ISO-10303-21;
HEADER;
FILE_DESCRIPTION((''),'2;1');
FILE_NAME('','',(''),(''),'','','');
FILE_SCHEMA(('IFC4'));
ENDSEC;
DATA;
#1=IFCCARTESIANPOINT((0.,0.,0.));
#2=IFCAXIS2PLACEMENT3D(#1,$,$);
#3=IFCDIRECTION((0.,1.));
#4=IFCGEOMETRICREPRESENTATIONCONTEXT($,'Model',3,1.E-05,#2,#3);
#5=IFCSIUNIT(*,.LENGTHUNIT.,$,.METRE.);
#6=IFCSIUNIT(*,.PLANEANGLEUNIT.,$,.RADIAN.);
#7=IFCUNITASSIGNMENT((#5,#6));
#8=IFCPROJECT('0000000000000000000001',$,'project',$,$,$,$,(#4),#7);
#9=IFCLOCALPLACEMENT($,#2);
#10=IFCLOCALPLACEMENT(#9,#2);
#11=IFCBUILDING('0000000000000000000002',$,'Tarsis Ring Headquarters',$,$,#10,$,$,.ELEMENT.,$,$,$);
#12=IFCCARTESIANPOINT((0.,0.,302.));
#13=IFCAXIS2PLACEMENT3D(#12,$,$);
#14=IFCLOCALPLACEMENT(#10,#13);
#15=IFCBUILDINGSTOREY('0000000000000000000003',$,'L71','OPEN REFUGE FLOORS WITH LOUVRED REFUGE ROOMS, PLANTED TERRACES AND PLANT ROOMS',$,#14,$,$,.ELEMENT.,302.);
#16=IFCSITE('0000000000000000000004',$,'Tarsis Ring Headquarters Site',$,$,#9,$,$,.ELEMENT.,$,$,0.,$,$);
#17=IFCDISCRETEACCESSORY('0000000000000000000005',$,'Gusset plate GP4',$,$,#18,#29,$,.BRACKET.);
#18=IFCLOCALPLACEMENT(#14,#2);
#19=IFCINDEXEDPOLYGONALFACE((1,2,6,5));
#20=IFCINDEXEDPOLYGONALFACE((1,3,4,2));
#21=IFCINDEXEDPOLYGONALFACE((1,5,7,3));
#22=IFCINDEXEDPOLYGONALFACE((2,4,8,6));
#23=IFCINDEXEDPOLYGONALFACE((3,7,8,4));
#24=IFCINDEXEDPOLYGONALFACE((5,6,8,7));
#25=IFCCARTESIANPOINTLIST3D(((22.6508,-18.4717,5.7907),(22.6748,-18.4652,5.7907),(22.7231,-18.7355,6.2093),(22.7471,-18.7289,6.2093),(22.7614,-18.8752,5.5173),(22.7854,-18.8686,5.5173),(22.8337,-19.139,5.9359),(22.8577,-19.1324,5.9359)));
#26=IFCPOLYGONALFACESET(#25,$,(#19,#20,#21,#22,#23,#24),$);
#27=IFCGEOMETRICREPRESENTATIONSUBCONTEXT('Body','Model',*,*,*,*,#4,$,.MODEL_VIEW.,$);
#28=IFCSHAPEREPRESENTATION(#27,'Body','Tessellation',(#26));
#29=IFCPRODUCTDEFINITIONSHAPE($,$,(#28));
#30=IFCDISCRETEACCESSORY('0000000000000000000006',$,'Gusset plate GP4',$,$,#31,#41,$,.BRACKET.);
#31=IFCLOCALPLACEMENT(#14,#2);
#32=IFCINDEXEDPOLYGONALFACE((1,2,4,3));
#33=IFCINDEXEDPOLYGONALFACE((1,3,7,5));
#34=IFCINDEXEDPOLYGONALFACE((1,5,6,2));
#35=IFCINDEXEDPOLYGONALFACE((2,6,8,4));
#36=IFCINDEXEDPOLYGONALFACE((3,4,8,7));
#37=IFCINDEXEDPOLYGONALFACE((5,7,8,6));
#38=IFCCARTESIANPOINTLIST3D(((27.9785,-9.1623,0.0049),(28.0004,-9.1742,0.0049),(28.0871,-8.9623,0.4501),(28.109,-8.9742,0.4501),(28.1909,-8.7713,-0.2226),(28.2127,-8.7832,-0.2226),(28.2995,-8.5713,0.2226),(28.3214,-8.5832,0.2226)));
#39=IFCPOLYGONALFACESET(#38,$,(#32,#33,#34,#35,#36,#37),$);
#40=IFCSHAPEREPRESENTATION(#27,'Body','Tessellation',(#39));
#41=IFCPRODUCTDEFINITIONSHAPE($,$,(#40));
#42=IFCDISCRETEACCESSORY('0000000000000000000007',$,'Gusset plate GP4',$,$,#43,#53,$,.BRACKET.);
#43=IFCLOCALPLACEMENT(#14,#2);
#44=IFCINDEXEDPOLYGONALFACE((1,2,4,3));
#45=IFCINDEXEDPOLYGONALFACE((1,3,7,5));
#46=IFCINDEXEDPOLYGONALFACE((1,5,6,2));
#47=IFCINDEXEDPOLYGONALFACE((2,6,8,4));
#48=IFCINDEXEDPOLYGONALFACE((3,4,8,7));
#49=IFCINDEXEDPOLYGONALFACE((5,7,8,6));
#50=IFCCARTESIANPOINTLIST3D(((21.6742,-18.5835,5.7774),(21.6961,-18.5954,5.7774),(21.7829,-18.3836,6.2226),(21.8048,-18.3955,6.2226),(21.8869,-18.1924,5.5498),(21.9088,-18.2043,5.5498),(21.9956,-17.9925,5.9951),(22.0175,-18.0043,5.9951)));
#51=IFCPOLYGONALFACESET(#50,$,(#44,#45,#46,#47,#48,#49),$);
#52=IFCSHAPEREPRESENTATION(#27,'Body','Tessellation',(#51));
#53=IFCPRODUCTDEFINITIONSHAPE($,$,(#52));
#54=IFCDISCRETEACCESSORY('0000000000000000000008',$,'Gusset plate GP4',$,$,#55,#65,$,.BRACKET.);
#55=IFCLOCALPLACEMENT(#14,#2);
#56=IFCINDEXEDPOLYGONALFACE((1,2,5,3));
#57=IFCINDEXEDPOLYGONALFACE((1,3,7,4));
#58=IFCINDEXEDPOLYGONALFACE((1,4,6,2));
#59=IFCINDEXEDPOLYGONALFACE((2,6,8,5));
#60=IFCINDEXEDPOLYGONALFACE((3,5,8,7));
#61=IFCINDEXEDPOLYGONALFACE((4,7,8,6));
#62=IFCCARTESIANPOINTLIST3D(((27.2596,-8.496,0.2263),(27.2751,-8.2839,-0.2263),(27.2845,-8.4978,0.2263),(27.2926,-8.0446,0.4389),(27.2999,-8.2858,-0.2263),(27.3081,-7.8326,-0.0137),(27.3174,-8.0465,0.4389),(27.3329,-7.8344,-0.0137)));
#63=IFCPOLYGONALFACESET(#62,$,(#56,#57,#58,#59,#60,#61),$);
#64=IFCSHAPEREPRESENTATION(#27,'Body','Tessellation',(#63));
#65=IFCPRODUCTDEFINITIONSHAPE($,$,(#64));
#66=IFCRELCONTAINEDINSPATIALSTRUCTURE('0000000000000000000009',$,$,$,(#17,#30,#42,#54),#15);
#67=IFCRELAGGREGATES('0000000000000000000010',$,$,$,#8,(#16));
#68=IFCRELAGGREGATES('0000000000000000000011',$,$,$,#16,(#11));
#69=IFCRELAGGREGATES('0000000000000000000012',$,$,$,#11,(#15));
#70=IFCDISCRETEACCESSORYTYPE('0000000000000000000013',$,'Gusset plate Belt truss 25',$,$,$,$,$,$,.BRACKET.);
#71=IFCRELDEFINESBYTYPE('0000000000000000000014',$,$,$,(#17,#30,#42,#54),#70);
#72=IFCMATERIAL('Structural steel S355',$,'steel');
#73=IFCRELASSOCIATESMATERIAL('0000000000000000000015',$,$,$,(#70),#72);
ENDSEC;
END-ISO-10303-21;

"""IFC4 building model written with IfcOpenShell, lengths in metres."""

from ifc_helpers import new_model, si_unit, direction, frame, origin, origin_2d, place, context, subcontext, project, spatial, rectangle, extrude, material, material_profile, profile_set, type_object, element, save


model = new_model("IFC4")

# Units and contexts
model_context = context("Model", 3, precision=1e-05, world=origin(), true_north=direction((0.0, 1.0)))
body_context = subcontext(model_context, "Body", "Model", "MODEL_VIEW")
ifc_project = project(units=[si_unit("LENGTHUNIT", "METRE"), si_unit("PLANEANGLEUNIT", "RADIAN")], contexts=[model_context])

# Site, building, storey
site_placement = place(None, origin())
site = spatial("IfcSite", under=ifc_project, at=site_placement, Name="Tarsis Ring Headquarters Site", CompositionType="ELEMENT", RefElevation=0.0)
building_placement = place(site_placement, origin())
building = spatial("IfcBuilding", under=site, at=building_placement, Name="Tarsis Ring Headquarters", CompositionType="ELEMENT")
storey_placement = place(building_placement, frame((0.0, 0.0, 302.0)))
storey = spatial("IfcBuildingStorey", under=building, at=storey_placement, Name="L71", Description="OPEN REFUGE FLOORS WITH LOUVRED REFUGE ROOMS, PLANTED TERRACES AND PLANT ROOMS", CompositionType="ELEMENT", Elevation=302.0)

# Shared definitions
ifc_material_1 = material(Name="Structural steel S355", Category="steel")

# Discrete accessories
ifc_material_profile_1 = material_profile(ifc_material_1, rectangle(XDim=0.0249, YDim=0.5, at=origin_2d()), Name="PL 25x500")
ifc_profile_set_1 = profile_set([ifc_material_profile_1], Name="Structural steel S355")
discrete_accessory_type = type_object("IfcDiscreteAccessoryType", Name="Gusset plate Belt truss 25", PredefinedType="BRACKET", material=ifc_profile_set_1)
for number, where, z_axis, x_axis, name in (
    (1, (22.699, -18.6003, 6.0), (0.221252, -0.807349, -0.547024), (0.96444, 0.264302, 0.0), "Gusset plate GP4"),
    (2, (28.2561, -8.6772, 0.0), (-0.424925, -0.782448, 0.455207), (0.878775, -0.477237, 0.0), "Gusset plate GP4"),
):
    element("IfcDiscreteAccessory", number, at=place(storey_placement, frame(where, z_axis=z_axis, x_axis=x_axis)), inside=storey, type_object=discrete_accessory_type, Name=name, PredefinedType="BRACKET", context=body_context, shape_type="SweptSolid", body=[
        extrude(rectangle(XDim=0.0249, YDim=0.5, at=origin_2d()), origin(), (0.0, 0.0, 1.0), 0.4998),
    ])
for number, where, z_axis, x_axis, name in (
    (3, (21.7395, -18.4895, 6.0), (0.425325, 0.782286, -0.455113), (-0.878544, 0.477661, 0.0), "Gusset plate GP4"),
    (4, (27.2798, -8.3909, 0.0), (0.065907, 0.902685, 0.425224), (-0.997345, 0.072819, 0.0), "Gusset plate GP4"),
):
    element("IfcDiscreteAccessory", number, at=place(storey_placement, frame(where, z_axis=z_axis, x_axis=x_axis)), inside=storey, type_object=discrete_accessory_type, Name=name, PredefinedType="BRACKET", context=body_context, shape_type="SweptSolid", body=[
        extrude(rectangle(XDim=0.0249, YDim=0.5, at=origin_2d()), origin(), (0.0, 0.0, 1.0), 0.5),
    ])

save(model, "model.ifc")
